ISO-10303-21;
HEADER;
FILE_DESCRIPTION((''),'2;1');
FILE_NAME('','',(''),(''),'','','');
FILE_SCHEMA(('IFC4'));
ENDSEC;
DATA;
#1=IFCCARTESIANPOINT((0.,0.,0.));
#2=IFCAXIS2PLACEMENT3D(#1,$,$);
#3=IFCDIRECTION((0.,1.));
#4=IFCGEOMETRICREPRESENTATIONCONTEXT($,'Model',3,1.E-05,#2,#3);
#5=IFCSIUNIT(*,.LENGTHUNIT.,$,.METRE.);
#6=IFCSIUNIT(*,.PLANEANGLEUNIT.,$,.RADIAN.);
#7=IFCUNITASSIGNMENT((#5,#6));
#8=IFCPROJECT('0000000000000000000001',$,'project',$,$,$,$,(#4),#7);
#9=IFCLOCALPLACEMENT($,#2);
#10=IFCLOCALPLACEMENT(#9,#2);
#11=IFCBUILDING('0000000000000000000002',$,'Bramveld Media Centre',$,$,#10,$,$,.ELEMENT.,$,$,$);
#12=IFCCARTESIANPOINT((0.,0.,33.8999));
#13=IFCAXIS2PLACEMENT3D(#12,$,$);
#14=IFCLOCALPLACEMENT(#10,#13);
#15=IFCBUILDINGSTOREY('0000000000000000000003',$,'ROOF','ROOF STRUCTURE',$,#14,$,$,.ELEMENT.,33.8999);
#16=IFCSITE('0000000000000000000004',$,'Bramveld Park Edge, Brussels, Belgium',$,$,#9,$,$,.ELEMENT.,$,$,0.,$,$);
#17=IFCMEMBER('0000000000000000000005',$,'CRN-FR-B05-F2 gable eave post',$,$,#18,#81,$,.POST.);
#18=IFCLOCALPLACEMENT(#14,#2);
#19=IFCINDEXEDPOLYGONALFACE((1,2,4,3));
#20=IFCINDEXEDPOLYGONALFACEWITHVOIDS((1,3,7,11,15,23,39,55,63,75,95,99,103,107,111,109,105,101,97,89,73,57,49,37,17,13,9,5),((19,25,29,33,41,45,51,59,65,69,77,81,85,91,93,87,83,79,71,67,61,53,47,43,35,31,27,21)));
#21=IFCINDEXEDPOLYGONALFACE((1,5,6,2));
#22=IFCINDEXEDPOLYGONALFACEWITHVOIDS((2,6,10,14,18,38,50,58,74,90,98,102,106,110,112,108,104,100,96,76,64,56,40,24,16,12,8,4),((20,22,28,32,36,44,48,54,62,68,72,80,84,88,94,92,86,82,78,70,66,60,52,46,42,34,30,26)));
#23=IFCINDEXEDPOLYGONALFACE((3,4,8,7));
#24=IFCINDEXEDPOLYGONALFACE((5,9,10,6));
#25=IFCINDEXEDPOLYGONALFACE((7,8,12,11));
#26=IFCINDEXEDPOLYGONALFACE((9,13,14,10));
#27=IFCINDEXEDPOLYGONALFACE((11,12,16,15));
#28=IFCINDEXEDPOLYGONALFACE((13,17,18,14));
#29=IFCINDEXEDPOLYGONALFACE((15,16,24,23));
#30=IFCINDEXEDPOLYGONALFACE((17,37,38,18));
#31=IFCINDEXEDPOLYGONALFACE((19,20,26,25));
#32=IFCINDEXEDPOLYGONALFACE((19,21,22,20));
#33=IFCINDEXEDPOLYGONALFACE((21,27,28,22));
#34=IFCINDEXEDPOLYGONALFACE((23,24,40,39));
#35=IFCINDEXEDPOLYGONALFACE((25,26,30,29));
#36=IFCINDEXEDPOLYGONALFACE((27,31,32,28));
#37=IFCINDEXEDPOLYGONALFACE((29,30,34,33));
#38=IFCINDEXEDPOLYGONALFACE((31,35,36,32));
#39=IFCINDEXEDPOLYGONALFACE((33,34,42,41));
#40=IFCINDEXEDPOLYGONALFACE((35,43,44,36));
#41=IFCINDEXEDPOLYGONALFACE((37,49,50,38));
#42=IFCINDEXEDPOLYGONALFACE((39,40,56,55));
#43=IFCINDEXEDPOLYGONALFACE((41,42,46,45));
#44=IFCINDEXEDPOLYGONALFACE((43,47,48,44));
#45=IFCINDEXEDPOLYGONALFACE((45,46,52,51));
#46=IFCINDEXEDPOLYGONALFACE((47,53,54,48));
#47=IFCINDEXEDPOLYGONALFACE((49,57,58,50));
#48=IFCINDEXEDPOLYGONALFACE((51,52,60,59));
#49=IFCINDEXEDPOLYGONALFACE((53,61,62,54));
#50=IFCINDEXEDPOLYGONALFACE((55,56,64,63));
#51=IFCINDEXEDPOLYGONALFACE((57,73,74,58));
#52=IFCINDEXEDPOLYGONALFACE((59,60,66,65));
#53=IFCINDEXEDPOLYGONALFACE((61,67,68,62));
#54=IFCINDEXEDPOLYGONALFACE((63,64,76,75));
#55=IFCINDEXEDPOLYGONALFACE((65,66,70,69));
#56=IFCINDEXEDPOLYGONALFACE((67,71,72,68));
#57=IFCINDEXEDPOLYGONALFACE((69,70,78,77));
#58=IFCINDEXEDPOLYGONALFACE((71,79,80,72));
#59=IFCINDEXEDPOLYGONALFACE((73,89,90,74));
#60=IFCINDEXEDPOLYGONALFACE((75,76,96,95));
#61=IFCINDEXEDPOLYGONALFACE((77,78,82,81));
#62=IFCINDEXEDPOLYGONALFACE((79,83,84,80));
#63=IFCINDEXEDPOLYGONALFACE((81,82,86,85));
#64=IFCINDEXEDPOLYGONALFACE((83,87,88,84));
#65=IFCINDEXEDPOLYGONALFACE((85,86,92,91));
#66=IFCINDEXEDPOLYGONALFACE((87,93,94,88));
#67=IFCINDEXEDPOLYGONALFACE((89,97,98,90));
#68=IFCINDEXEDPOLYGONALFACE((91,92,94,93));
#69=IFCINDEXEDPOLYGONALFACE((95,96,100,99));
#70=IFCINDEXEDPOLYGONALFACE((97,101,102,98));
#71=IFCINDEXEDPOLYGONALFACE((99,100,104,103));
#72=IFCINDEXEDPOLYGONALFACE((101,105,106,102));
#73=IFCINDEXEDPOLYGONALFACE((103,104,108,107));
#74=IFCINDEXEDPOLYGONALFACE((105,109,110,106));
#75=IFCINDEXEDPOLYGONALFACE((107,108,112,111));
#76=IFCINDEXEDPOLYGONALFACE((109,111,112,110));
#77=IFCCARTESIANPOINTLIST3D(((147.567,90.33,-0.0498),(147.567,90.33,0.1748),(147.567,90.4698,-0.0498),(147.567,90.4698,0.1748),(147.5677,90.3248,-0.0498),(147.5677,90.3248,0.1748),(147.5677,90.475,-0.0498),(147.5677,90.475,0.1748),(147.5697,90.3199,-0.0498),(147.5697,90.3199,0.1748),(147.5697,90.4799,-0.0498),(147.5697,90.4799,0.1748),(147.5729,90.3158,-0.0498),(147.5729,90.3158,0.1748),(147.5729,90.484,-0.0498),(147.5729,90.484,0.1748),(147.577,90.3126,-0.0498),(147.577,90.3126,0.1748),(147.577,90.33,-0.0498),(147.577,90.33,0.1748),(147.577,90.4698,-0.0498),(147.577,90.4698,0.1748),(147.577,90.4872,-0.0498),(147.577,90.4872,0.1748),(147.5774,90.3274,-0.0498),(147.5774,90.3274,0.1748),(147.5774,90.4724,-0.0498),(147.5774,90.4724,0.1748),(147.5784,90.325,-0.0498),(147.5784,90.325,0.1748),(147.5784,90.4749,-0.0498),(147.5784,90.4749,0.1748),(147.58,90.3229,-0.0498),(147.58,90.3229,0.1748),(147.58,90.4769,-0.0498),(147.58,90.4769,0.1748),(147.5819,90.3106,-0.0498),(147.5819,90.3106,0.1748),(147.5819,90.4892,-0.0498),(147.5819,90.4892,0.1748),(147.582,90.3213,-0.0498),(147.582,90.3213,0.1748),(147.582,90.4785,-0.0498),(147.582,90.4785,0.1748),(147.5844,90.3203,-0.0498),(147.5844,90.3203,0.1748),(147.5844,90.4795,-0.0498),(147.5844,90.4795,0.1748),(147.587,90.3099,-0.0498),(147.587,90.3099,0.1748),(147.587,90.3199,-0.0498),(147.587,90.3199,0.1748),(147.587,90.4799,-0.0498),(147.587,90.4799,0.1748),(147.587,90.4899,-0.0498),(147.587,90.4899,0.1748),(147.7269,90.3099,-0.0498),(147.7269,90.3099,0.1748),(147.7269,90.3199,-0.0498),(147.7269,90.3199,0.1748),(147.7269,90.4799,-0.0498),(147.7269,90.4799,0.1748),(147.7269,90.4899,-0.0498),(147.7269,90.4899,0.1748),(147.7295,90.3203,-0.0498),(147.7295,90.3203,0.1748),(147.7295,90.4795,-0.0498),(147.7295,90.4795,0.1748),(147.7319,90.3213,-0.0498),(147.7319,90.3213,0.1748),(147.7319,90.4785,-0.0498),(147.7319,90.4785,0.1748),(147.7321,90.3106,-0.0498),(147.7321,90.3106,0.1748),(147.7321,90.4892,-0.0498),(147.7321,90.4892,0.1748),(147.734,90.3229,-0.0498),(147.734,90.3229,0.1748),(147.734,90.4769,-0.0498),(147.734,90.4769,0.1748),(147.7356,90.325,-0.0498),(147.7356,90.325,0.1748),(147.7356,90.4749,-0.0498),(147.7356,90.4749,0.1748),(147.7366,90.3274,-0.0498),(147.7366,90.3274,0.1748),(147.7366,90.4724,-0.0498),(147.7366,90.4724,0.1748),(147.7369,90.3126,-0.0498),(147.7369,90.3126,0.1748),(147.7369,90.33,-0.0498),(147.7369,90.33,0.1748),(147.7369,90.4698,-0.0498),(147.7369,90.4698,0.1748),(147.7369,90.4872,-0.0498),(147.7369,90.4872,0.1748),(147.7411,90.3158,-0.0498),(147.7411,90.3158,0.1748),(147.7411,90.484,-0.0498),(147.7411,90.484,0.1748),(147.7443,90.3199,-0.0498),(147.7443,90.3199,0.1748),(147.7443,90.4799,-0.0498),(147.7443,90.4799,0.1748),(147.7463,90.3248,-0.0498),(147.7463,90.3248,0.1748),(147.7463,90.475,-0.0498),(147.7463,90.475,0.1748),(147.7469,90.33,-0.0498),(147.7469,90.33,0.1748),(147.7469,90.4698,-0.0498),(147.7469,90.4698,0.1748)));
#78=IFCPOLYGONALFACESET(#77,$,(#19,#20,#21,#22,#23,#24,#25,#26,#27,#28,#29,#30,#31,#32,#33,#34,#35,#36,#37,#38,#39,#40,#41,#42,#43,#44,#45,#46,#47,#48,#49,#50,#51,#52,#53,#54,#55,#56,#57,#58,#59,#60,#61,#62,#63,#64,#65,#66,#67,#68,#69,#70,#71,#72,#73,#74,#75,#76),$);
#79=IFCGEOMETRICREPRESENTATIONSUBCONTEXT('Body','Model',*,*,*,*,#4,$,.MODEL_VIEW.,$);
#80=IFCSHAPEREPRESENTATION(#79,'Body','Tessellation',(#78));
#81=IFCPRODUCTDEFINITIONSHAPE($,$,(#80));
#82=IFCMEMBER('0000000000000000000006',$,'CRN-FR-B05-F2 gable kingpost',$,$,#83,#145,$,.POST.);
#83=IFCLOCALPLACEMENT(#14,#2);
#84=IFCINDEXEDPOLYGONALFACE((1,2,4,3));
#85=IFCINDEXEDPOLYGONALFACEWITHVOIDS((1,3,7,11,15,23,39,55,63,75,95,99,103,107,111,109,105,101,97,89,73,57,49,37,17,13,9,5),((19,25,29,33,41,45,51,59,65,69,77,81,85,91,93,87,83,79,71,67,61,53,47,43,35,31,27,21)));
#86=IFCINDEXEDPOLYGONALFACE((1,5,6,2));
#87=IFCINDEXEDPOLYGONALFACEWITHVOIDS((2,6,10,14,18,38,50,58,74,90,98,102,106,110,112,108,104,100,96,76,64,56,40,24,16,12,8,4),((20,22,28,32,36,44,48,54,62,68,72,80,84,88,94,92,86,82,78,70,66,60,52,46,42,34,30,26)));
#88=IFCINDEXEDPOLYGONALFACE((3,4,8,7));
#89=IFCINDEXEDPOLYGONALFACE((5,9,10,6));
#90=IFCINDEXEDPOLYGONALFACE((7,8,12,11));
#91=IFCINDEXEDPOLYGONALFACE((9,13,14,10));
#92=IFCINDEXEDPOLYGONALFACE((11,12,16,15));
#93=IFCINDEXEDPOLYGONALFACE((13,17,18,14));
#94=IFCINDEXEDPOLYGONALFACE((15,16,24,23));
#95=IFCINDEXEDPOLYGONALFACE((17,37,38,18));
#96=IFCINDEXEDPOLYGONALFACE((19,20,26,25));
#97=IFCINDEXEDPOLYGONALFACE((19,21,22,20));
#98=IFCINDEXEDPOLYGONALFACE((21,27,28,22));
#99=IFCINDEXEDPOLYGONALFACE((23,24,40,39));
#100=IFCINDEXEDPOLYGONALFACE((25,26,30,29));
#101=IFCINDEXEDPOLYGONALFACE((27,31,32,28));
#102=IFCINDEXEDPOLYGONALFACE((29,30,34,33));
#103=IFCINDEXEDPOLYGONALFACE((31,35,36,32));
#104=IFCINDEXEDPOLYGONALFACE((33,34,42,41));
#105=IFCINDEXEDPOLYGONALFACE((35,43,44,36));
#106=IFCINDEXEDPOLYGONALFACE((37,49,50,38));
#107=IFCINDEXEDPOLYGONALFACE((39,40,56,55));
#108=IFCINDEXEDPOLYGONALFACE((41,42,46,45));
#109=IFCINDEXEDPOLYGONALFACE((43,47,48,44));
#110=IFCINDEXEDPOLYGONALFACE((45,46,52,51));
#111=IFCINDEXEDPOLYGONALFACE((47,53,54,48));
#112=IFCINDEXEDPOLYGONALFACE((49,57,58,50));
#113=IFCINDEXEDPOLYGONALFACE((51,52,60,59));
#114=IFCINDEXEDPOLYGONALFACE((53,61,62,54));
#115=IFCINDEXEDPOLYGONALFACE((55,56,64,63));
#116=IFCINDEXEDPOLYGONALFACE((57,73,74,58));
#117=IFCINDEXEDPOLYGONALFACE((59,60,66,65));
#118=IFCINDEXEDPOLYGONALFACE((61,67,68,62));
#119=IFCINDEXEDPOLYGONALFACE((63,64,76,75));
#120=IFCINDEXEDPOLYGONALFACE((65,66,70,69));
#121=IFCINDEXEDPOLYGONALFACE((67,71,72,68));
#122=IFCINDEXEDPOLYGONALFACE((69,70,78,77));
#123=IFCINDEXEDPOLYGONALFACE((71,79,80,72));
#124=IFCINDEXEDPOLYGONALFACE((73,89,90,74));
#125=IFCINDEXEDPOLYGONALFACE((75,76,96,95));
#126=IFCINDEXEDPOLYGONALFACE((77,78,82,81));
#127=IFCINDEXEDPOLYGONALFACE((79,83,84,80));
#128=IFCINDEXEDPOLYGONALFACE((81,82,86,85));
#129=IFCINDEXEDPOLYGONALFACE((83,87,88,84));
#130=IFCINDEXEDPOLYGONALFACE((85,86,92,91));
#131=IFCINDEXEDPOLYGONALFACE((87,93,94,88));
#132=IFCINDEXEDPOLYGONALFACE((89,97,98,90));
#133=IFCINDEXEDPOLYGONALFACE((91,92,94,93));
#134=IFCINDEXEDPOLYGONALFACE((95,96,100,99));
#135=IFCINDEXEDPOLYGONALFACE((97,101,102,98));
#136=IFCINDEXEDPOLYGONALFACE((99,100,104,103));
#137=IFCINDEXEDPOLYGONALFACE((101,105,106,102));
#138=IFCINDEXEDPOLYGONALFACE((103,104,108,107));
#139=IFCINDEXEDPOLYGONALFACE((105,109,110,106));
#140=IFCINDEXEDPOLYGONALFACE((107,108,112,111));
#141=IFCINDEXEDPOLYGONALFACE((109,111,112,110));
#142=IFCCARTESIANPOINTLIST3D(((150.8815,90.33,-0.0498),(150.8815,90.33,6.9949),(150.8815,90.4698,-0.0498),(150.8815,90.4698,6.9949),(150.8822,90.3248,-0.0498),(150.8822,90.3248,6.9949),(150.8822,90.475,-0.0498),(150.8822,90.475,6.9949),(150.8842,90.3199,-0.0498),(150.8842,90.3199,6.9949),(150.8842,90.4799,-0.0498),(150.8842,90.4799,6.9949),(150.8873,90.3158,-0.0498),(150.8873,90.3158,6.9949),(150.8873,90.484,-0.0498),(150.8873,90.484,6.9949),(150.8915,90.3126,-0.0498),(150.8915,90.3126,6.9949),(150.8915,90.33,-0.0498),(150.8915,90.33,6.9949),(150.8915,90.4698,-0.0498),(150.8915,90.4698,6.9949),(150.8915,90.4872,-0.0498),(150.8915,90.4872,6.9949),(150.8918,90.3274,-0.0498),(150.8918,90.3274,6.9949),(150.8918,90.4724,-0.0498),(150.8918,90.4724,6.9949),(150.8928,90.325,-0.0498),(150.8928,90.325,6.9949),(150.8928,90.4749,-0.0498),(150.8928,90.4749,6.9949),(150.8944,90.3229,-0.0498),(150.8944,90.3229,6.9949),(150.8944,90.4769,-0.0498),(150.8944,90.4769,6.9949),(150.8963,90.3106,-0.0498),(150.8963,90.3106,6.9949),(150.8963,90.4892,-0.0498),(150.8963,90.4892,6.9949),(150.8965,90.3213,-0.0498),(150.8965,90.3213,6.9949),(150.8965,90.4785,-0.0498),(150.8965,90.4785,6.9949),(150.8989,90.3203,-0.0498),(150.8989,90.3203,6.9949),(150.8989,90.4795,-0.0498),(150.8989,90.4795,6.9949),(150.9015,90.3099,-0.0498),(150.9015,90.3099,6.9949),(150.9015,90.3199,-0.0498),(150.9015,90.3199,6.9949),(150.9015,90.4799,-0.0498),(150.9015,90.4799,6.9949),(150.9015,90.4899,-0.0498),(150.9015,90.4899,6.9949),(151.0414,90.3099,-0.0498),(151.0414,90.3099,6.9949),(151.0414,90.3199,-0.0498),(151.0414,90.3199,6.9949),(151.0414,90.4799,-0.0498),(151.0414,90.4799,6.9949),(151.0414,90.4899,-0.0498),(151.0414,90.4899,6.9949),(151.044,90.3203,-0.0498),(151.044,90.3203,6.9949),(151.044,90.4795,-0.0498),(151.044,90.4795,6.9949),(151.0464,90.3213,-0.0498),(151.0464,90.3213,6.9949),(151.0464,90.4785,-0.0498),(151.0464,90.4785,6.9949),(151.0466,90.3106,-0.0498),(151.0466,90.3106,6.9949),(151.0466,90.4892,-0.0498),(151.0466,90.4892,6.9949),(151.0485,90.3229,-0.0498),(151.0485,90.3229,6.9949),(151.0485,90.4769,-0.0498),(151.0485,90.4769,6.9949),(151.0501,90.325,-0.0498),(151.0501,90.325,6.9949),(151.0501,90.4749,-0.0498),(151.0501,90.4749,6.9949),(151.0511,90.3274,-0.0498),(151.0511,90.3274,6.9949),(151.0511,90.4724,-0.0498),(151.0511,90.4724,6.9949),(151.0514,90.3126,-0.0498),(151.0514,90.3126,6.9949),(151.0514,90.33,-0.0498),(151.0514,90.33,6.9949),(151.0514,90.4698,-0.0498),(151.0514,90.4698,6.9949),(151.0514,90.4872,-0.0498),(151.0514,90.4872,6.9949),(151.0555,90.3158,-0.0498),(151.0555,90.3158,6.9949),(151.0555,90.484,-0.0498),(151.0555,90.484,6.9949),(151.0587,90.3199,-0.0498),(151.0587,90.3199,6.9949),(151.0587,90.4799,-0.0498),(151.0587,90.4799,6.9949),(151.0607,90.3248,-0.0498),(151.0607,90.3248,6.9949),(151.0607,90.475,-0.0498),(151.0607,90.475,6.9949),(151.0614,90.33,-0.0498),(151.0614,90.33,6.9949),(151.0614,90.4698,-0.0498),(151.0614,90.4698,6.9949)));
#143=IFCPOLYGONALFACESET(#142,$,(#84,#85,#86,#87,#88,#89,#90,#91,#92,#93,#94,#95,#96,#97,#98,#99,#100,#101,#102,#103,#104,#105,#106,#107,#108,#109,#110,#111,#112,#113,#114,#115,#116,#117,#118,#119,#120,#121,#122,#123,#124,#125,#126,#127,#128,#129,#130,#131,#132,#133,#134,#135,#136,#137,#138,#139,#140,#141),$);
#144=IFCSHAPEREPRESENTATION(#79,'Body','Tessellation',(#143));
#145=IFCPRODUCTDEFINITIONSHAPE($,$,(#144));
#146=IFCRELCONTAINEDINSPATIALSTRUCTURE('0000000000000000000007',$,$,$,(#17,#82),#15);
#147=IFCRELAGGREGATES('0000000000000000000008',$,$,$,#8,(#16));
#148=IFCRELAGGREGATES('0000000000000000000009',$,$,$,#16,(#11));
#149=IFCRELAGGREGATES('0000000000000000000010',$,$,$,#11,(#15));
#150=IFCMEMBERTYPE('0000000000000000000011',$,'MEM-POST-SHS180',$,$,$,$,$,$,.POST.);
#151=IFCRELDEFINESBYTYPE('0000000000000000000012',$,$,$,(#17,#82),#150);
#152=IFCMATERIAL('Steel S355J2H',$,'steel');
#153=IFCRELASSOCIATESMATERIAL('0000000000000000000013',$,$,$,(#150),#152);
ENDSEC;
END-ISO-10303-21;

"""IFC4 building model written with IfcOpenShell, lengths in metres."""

from ifc_helpers import new_model, si_unit, direction, frame, origin, origin_2d, place, context, subcontext, project, spatial, hollow_rectangle, extrude, material, material_profile, profile_set, type_object, element, save


model = new_model("IFC4")

# Units and contexts
model_context = context("Model", 3, precision=1e-05, world=origin(), true_north=direction((0.0, 1.0)))
body_context = subcontext(model_context, "Body", "Model", "MODEL_VIEW")
ifc_project = project(units=[si_unit("LENGTHUNIT", "METRE"), si_unit("PLANEANGLEUNIT", "RADIAN")], contexts=[model_context])

# Site, building, storey
site_placement = place(None, origin())
site = spatial("IfcSite", under=ifc_project, at=site_placement, Name="Bramveld Park Edge, Brussels, Belgium", CompositionType="ELEMENT", RefElevation=0.0)
building_placement = place(site_placement, origin())
building = spatial("IfcBuilding", under=site, at=building_placement, Name="Bramveld Media Centre", CompositionType="ELEMENT")
storey_placement = place(building_placement, frame((0.0, 0.0, 33.8999)))
storey = spatial("IfcBuildingStorey", under=building, at=storey_placement, Name="ROOF", Description="ROOF STRUCTURE", CompositionType="ELEMENT", Elevation=33.8999)

# Members
ifc_material_1 = material(Name="Steel S355J2H", Category="steel")
ifc_material_profile_1 = material_profile(ifc_material_1, hollow_rectangle(XDim=0.1799, YDim=0.1799, WallThickness=0.01, InnerFilletRadius=0.01, OuterFilletRadius=0.02, at=origin_2d()), Name="SHS 180x180x10")
ifc_profile_set_1 = profile_set([ifc_material_profile_1], Name="Steel S355J2H")
member_type_1 = type_object("IfcMemberType", Name="MEM-POST-SHS180", PredefinedType="POST", material=ifc_profile_set_1)
member_1_placement = place(storey_placement, frame((147.657, 90.3999, -0.0498), z_axis=(0.0, 0.0, 1.0), x_axis=(1.0, 0.0, 0.0)))
element("IfcMember", 1, at=member_1_placement, inside=storey, type_object=member_type_1, Name="CRN-FR-B05-F2 gable eave post", PredefinedType="POST", context=body_context, shape_type="SweptSolid", body=[
    extrude(hollow_rectangle(XDim=0.1799, YDim=0.1799, WallThickness=0.01, InnerFilletRadius=0.01, OuterFilletRadius=0.02, at=origin_2d()), origin(), (0.0, 0.0, 1.0), 0.2246),
])
member_2_placement = place(storey_placement, frame((150.9714, 90.3999, -0.0498), z_axis=(0.0, 0.0, 1.0), x_axis=(1.0, 0.0, 0.0)))
element("IfcMember", 2, at=member_2_placement, inside=storey, type_object=member_type_1, Name="CRN-FR-B05-F2 gable kingpost", PredefinedType="POST", context=body_context, shape_type="SweptSolid", body=[
    extrude(hollow_rectangle(XDim=0.1799, YDim=0.1799, WallThickness=0.01, InnerFilletRadius=0.01, OuterFilletRadius=0.02, at=origin_2d()), origin(), (0.0, 0.0, 1.0), 7.0447),
])

save(model, "model.ifc")
